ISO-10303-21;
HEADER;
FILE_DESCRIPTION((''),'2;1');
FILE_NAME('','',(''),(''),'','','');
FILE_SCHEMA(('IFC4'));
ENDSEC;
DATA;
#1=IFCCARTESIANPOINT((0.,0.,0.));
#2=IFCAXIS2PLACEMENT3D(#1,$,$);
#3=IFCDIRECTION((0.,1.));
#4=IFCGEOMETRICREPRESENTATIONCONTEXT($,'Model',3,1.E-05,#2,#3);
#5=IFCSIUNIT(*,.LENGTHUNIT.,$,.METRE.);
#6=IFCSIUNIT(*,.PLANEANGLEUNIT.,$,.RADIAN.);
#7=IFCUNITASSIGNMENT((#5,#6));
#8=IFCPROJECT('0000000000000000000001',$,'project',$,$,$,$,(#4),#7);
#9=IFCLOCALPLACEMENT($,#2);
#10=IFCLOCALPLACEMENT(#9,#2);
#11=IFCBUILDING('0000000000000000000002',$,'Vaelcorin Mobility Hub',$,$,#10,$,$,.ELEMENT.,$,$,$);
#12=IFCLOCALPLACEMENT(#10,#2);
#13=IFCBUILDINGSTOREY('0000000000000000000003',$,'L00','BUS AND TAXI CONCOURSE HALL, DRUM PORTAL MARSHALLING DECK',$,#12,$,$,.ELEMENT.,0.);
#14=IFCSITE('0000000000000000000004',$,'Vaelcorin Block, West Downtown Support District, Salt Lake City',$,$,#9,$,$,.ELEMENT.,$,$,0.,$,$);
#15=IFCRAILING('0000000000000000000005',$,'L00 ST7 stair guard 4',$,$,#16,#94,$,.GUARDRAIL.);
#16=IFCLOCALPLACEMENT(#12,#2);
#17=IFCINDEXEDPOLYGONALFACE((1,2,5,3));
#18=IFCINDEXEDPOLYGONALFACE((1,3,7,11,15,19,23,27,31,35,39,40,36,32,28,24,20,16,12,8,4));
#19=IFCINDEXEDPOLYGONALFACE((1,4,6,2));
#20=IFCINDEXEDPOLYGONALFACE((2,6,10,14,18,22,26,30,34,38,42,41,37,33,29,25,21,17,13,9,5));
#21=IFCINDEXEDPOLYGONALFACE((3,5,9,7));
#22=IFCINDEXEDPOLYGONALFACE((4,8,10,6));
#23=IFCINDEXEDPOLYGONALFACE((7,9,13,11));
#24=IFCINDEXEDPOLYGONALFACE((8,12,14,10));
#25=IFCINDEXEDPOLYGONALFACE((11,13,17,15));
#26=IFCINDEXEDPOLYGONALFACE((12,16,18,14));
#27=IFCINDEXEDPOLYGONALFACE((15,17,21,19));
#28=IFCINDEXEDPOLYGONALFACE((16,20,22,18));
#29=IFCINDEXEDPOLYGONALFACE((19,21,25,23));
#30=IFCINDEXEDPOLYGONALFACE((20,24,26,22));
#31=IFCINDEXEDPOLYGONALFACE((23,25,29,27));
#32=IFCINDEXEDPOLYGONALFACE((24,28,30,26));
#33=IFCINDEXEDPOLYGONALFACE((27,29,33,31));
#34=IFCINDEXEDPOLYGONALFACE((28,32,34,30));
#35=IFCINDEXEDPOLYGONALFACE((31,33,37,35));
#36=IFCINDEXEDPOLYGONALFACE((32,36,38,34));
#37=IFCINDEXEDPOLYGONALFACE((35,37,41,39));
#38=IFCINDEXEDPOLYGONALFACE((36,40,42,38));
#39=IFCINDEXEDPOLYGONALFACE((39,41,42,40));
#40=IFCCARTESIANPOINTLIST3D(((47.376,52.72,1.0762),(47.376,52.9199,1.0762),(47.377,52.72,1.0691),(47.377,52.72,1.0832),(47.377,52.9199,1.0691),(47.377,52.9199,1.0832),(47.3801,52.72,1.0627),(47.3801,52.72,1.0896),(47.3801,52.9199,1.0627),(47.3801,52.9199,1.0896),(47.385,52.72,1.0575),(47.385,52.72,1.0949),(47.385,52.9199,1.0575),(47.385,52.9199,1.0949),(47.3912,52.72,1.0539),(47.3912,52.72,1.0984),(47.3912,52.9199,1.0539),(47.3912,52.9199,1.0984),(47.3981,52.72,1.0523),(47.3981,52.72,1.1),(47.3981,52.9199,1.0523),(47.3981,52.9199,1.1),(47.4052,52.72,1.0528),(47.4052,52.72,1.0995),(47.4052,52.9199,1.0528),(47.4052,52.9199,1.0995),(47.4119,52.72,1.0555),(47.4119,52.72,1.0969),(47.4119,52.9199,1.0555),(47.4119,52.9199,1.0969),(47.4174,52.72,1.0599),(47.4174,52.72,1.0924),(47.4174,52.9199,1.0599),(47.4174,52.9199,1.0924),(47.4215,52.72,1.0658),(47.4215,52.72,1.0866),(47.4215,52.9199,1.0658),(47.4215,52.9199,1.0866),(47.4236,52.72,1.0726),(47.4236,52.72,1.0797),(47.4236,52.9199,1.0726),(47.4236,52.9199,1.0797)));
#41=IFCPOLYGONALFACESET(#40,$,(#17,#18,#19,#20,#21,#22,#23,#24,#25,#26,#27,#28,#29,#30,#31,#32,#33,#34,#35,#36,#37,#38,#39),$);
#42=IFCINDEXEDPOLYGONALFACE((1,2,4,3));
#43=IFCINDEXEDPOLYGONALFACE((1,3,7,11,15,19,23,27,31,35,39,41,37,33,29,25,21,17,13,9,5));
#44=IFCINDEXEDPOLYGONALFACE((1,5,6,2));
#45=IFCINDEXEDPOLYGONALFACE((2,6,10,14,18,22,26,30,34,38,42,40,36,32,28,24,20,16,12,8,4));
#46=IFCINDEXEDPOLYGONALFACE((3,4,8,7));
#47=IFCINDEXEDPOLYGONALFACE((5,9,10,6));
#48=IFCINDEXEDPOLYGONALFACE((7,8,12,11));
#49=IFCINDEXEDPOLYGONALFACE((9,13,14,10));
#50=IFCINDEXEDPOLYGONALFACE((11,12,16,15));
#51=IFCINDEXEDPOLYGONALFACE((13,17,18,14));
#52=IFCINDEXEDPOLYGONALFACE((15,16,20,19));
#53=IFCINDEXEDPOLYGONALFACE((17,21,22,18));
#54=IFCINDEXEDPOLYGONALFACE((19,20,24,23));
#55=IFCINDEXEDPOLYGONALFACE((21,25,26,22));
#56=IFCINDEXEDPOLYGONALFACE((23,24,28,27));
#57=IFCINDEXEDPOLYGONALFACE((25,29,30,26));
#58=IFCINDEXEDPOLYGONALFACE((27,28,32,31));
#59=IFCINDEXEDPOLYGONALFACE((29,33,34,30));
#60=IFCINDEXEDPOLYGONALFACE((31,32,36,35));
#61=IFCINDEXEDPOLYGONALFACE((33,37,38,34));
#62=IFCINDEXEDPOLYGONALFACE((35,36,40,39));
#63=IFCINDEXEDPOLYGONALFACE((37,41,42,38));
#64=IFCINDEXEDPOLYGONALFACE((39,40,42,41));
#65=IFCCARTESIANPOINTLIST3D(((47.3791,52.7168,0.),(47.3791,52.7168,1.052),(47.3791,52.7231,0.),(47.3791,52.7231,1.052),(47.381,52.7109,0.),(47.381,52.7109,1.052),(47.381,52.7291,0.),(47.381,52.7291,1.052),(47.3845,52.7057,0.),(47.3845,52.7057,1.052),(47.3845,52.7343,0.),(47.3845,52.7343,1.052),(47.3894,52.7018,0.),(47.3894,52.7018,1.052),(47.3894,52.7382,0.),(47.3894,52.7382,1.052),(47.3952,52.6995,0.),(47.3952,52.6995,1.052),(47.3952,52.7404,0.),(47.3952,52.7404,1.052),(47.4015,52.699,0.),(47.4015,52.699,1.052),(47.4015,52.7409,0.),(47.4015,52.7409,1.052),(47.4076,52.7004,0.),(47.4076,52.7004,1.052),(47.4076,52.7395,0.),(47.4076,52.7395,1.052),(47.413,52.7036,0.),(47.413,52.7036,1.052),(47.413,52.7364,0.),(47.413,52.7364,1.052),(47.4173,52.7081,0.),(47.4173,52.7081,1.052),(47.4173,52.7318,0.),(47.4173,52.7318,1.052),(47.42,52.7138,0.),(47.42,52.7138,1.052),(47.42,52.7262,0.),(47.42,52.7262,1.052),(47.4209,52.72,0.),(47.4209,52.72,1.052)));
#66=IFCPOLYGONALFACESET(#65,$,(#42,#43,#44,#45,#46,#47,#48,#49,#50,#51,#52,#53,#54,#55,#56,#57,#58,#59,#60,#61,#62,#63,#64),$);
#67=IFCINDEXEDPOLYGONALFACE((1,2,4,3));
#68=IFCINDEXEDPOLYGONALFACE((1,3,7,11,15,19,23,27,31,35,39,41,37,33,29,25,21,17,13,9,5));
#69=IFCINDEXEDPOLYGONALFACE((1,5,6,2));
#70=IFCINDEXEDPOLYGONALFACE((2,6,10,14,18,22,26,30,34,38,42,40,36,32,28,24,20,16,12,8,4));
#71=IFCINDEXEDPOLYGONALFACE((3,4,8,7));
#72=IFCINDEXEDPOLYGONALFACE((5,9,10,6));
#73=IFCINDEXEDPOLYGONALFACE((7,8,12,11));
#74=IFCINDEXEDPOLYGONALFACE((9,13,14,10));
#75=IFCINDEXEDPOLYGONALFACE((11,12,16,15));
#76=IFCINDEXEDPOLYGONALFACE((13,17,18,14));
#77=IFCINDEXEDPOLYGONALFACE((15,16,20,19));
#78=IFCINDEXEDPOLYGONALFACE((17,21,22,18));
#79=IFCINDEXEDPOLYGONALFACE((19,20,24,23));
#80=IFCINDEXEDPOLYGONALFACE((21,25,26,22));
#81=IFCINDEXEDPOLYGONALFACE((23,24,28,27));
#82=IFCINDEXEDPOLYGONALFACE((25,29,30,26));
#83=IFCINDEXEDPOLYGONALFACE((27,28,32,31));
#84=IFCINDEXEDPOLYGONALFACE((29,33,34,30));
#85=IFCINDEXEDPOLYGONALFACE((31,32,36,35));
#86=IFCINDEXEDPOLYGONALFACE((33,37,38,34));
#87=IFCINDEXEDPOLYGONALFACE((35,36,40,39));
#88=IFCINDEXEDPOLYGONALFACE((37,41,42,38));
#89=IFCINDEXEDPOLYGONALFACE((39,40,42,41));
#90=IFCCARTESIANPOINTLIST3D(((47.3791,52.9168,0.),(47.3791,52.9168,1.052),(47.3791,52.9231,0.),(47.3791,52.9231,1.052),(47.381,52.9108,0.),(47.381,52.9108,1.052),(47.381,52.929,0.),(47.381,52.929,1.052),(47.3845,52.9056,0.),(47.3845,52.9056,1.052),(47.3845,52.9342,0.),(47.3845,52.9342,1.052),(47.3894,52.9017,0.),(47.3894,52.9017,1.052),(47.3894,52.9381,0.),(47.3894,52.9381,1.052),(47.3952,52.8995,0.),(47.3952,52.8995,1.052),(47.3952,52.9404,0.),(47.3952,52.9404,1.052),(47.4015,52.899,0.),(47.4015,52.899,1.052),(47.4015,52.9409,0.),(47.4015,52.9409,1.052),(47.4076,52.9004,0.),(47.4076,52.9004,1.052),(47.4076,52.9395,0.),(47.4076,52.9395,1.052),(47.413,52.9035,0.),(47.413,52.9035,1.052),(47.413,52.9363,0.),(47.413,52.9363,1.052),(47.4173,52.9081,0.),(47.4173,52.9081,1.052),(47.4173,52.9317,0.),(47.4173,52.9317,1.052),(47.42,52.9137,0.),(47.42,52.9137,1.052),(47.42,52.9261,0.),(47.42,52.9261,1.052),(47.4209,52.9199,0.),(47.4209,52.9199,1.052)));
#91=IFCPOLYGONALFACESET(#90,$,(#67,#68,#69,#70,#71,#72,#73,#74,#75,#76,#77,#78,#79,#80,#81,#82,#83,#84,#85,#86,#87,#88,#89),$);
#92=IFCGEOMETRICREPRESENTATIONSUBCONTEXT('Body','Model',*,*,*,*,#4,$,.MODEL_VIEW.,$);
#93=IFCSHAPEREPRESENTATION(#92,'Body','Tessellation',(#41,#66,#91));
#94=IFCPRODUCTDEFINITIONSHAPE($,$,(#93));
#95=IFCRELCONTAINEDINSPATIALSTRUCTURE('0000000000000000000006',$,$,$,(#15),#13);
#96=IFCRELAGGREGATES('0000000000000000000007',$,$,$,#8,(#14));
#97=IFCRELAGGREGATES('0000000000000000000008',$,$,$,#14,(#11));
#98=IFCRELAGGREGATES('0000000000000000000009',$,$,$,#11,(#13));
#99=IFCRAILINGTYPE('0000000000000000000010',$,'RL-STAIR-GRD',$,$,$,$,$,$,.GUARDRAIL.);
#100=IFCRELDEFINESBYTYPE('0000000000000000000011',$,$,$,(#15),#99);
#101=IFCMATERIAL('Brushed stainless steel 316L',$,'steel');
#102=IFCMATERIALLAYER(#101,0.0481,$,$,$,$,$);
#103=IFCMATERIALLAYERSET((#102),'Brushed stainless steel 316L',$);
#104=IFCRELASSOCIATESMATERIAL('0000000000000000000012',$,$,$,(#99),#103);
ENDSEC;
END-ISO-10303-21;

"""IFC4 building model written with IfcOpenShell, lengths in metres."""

from ifc_helpers import new_model, si_unit, direction, frame, origin, origin_2d, place, context, subcontext, project, spatial, circle, extrude, material, layer, layer_set, type_object, element, save


model = new_model("IFC4")

# Units and contexts
model_context = context("Model", 3, precision=1e-05, world=origin(), true_north=direction((0.0, 1.0)))
body_context = subcontext(model_context, "Body", "Model", "MODEL_VIEW")
ifc_project = project(units=[si_unit("LENGTHUNIT", "METRE"), si_unit("PLANEANGLEUNIT", "RADIAN")], contexts=[model_context])

# Site, building, storey
site_placement = place(None, origin())
site = spatial("IfcSite", under=ifc_project, at=site_placement, Name="Vaelcorin Block, West Downtown Support District, Salt Lake City", CompositionType="ELEMENT", RefElevation=0.0)
building_placement = place(site_placement, origin())
building = spatial("IfcBuilding", under=site, at=building_placement, Name="Vaelcorin Mobility Hub", CompositionType="ELEMENT")
storey_placement = place(building_placement, origin())
storey = spatial("IfcBuildingStorey", under=building, at=storey_placement, Name="L00", Description="BUS AND TAXI CONCOURSE HALL, DRUM PORTAL MARSHALLING DECK", CompositionType="ELEMENT", Elevation=0.0)

# Railing
ifc_material_1 = material(Name="Brushed stainless steel 316L", Category="steel")
ifc_layer_1 = layer(ifc_material_1, 0.0481)
ifc_layer_set_1 = layer_set([ifc_layer_1], Name="Brushed stainless steel 316L")
railing_type_1 = type_object("IfcRailingType", Name="RL-STAIR-GRD", PredefinedType="GUARDRAIL", material=ifc_layer_set_1)
railing_1_placement = place(storey_placement, frame((47.3999, 52.72, 0.0)))
element("IfcRailing", 1, at=railing_1_placement, inside=storey, type_object=railing_type_1, Name="L00 ST7 stair guard 4", PredefinedType="GUARDRAIL", context=body_context, shape_type="SweptSolid", body=[
    extrude(circle(Radius=0.0239, at=origin_2d()), frame((0.0, 0.0, 1.0762), z_axis=(0.0, 1.0, 0.0), x_axis=(-1.0, 0.0, 0.0)), (0.0, 0.0, 1.0), 0.2),
    extrude(circle(Radius=0.021, at=origin_2d()), origin(), (0.0, 0.0, 1.0), 1.052),
    extrude(circle(Radius=0.021, at=origin_2d()), frame((0.0, 0.2, 0.0)), (0.0, 0.0, 1.0), 1.052),
])

save(model, "model.ifc")
